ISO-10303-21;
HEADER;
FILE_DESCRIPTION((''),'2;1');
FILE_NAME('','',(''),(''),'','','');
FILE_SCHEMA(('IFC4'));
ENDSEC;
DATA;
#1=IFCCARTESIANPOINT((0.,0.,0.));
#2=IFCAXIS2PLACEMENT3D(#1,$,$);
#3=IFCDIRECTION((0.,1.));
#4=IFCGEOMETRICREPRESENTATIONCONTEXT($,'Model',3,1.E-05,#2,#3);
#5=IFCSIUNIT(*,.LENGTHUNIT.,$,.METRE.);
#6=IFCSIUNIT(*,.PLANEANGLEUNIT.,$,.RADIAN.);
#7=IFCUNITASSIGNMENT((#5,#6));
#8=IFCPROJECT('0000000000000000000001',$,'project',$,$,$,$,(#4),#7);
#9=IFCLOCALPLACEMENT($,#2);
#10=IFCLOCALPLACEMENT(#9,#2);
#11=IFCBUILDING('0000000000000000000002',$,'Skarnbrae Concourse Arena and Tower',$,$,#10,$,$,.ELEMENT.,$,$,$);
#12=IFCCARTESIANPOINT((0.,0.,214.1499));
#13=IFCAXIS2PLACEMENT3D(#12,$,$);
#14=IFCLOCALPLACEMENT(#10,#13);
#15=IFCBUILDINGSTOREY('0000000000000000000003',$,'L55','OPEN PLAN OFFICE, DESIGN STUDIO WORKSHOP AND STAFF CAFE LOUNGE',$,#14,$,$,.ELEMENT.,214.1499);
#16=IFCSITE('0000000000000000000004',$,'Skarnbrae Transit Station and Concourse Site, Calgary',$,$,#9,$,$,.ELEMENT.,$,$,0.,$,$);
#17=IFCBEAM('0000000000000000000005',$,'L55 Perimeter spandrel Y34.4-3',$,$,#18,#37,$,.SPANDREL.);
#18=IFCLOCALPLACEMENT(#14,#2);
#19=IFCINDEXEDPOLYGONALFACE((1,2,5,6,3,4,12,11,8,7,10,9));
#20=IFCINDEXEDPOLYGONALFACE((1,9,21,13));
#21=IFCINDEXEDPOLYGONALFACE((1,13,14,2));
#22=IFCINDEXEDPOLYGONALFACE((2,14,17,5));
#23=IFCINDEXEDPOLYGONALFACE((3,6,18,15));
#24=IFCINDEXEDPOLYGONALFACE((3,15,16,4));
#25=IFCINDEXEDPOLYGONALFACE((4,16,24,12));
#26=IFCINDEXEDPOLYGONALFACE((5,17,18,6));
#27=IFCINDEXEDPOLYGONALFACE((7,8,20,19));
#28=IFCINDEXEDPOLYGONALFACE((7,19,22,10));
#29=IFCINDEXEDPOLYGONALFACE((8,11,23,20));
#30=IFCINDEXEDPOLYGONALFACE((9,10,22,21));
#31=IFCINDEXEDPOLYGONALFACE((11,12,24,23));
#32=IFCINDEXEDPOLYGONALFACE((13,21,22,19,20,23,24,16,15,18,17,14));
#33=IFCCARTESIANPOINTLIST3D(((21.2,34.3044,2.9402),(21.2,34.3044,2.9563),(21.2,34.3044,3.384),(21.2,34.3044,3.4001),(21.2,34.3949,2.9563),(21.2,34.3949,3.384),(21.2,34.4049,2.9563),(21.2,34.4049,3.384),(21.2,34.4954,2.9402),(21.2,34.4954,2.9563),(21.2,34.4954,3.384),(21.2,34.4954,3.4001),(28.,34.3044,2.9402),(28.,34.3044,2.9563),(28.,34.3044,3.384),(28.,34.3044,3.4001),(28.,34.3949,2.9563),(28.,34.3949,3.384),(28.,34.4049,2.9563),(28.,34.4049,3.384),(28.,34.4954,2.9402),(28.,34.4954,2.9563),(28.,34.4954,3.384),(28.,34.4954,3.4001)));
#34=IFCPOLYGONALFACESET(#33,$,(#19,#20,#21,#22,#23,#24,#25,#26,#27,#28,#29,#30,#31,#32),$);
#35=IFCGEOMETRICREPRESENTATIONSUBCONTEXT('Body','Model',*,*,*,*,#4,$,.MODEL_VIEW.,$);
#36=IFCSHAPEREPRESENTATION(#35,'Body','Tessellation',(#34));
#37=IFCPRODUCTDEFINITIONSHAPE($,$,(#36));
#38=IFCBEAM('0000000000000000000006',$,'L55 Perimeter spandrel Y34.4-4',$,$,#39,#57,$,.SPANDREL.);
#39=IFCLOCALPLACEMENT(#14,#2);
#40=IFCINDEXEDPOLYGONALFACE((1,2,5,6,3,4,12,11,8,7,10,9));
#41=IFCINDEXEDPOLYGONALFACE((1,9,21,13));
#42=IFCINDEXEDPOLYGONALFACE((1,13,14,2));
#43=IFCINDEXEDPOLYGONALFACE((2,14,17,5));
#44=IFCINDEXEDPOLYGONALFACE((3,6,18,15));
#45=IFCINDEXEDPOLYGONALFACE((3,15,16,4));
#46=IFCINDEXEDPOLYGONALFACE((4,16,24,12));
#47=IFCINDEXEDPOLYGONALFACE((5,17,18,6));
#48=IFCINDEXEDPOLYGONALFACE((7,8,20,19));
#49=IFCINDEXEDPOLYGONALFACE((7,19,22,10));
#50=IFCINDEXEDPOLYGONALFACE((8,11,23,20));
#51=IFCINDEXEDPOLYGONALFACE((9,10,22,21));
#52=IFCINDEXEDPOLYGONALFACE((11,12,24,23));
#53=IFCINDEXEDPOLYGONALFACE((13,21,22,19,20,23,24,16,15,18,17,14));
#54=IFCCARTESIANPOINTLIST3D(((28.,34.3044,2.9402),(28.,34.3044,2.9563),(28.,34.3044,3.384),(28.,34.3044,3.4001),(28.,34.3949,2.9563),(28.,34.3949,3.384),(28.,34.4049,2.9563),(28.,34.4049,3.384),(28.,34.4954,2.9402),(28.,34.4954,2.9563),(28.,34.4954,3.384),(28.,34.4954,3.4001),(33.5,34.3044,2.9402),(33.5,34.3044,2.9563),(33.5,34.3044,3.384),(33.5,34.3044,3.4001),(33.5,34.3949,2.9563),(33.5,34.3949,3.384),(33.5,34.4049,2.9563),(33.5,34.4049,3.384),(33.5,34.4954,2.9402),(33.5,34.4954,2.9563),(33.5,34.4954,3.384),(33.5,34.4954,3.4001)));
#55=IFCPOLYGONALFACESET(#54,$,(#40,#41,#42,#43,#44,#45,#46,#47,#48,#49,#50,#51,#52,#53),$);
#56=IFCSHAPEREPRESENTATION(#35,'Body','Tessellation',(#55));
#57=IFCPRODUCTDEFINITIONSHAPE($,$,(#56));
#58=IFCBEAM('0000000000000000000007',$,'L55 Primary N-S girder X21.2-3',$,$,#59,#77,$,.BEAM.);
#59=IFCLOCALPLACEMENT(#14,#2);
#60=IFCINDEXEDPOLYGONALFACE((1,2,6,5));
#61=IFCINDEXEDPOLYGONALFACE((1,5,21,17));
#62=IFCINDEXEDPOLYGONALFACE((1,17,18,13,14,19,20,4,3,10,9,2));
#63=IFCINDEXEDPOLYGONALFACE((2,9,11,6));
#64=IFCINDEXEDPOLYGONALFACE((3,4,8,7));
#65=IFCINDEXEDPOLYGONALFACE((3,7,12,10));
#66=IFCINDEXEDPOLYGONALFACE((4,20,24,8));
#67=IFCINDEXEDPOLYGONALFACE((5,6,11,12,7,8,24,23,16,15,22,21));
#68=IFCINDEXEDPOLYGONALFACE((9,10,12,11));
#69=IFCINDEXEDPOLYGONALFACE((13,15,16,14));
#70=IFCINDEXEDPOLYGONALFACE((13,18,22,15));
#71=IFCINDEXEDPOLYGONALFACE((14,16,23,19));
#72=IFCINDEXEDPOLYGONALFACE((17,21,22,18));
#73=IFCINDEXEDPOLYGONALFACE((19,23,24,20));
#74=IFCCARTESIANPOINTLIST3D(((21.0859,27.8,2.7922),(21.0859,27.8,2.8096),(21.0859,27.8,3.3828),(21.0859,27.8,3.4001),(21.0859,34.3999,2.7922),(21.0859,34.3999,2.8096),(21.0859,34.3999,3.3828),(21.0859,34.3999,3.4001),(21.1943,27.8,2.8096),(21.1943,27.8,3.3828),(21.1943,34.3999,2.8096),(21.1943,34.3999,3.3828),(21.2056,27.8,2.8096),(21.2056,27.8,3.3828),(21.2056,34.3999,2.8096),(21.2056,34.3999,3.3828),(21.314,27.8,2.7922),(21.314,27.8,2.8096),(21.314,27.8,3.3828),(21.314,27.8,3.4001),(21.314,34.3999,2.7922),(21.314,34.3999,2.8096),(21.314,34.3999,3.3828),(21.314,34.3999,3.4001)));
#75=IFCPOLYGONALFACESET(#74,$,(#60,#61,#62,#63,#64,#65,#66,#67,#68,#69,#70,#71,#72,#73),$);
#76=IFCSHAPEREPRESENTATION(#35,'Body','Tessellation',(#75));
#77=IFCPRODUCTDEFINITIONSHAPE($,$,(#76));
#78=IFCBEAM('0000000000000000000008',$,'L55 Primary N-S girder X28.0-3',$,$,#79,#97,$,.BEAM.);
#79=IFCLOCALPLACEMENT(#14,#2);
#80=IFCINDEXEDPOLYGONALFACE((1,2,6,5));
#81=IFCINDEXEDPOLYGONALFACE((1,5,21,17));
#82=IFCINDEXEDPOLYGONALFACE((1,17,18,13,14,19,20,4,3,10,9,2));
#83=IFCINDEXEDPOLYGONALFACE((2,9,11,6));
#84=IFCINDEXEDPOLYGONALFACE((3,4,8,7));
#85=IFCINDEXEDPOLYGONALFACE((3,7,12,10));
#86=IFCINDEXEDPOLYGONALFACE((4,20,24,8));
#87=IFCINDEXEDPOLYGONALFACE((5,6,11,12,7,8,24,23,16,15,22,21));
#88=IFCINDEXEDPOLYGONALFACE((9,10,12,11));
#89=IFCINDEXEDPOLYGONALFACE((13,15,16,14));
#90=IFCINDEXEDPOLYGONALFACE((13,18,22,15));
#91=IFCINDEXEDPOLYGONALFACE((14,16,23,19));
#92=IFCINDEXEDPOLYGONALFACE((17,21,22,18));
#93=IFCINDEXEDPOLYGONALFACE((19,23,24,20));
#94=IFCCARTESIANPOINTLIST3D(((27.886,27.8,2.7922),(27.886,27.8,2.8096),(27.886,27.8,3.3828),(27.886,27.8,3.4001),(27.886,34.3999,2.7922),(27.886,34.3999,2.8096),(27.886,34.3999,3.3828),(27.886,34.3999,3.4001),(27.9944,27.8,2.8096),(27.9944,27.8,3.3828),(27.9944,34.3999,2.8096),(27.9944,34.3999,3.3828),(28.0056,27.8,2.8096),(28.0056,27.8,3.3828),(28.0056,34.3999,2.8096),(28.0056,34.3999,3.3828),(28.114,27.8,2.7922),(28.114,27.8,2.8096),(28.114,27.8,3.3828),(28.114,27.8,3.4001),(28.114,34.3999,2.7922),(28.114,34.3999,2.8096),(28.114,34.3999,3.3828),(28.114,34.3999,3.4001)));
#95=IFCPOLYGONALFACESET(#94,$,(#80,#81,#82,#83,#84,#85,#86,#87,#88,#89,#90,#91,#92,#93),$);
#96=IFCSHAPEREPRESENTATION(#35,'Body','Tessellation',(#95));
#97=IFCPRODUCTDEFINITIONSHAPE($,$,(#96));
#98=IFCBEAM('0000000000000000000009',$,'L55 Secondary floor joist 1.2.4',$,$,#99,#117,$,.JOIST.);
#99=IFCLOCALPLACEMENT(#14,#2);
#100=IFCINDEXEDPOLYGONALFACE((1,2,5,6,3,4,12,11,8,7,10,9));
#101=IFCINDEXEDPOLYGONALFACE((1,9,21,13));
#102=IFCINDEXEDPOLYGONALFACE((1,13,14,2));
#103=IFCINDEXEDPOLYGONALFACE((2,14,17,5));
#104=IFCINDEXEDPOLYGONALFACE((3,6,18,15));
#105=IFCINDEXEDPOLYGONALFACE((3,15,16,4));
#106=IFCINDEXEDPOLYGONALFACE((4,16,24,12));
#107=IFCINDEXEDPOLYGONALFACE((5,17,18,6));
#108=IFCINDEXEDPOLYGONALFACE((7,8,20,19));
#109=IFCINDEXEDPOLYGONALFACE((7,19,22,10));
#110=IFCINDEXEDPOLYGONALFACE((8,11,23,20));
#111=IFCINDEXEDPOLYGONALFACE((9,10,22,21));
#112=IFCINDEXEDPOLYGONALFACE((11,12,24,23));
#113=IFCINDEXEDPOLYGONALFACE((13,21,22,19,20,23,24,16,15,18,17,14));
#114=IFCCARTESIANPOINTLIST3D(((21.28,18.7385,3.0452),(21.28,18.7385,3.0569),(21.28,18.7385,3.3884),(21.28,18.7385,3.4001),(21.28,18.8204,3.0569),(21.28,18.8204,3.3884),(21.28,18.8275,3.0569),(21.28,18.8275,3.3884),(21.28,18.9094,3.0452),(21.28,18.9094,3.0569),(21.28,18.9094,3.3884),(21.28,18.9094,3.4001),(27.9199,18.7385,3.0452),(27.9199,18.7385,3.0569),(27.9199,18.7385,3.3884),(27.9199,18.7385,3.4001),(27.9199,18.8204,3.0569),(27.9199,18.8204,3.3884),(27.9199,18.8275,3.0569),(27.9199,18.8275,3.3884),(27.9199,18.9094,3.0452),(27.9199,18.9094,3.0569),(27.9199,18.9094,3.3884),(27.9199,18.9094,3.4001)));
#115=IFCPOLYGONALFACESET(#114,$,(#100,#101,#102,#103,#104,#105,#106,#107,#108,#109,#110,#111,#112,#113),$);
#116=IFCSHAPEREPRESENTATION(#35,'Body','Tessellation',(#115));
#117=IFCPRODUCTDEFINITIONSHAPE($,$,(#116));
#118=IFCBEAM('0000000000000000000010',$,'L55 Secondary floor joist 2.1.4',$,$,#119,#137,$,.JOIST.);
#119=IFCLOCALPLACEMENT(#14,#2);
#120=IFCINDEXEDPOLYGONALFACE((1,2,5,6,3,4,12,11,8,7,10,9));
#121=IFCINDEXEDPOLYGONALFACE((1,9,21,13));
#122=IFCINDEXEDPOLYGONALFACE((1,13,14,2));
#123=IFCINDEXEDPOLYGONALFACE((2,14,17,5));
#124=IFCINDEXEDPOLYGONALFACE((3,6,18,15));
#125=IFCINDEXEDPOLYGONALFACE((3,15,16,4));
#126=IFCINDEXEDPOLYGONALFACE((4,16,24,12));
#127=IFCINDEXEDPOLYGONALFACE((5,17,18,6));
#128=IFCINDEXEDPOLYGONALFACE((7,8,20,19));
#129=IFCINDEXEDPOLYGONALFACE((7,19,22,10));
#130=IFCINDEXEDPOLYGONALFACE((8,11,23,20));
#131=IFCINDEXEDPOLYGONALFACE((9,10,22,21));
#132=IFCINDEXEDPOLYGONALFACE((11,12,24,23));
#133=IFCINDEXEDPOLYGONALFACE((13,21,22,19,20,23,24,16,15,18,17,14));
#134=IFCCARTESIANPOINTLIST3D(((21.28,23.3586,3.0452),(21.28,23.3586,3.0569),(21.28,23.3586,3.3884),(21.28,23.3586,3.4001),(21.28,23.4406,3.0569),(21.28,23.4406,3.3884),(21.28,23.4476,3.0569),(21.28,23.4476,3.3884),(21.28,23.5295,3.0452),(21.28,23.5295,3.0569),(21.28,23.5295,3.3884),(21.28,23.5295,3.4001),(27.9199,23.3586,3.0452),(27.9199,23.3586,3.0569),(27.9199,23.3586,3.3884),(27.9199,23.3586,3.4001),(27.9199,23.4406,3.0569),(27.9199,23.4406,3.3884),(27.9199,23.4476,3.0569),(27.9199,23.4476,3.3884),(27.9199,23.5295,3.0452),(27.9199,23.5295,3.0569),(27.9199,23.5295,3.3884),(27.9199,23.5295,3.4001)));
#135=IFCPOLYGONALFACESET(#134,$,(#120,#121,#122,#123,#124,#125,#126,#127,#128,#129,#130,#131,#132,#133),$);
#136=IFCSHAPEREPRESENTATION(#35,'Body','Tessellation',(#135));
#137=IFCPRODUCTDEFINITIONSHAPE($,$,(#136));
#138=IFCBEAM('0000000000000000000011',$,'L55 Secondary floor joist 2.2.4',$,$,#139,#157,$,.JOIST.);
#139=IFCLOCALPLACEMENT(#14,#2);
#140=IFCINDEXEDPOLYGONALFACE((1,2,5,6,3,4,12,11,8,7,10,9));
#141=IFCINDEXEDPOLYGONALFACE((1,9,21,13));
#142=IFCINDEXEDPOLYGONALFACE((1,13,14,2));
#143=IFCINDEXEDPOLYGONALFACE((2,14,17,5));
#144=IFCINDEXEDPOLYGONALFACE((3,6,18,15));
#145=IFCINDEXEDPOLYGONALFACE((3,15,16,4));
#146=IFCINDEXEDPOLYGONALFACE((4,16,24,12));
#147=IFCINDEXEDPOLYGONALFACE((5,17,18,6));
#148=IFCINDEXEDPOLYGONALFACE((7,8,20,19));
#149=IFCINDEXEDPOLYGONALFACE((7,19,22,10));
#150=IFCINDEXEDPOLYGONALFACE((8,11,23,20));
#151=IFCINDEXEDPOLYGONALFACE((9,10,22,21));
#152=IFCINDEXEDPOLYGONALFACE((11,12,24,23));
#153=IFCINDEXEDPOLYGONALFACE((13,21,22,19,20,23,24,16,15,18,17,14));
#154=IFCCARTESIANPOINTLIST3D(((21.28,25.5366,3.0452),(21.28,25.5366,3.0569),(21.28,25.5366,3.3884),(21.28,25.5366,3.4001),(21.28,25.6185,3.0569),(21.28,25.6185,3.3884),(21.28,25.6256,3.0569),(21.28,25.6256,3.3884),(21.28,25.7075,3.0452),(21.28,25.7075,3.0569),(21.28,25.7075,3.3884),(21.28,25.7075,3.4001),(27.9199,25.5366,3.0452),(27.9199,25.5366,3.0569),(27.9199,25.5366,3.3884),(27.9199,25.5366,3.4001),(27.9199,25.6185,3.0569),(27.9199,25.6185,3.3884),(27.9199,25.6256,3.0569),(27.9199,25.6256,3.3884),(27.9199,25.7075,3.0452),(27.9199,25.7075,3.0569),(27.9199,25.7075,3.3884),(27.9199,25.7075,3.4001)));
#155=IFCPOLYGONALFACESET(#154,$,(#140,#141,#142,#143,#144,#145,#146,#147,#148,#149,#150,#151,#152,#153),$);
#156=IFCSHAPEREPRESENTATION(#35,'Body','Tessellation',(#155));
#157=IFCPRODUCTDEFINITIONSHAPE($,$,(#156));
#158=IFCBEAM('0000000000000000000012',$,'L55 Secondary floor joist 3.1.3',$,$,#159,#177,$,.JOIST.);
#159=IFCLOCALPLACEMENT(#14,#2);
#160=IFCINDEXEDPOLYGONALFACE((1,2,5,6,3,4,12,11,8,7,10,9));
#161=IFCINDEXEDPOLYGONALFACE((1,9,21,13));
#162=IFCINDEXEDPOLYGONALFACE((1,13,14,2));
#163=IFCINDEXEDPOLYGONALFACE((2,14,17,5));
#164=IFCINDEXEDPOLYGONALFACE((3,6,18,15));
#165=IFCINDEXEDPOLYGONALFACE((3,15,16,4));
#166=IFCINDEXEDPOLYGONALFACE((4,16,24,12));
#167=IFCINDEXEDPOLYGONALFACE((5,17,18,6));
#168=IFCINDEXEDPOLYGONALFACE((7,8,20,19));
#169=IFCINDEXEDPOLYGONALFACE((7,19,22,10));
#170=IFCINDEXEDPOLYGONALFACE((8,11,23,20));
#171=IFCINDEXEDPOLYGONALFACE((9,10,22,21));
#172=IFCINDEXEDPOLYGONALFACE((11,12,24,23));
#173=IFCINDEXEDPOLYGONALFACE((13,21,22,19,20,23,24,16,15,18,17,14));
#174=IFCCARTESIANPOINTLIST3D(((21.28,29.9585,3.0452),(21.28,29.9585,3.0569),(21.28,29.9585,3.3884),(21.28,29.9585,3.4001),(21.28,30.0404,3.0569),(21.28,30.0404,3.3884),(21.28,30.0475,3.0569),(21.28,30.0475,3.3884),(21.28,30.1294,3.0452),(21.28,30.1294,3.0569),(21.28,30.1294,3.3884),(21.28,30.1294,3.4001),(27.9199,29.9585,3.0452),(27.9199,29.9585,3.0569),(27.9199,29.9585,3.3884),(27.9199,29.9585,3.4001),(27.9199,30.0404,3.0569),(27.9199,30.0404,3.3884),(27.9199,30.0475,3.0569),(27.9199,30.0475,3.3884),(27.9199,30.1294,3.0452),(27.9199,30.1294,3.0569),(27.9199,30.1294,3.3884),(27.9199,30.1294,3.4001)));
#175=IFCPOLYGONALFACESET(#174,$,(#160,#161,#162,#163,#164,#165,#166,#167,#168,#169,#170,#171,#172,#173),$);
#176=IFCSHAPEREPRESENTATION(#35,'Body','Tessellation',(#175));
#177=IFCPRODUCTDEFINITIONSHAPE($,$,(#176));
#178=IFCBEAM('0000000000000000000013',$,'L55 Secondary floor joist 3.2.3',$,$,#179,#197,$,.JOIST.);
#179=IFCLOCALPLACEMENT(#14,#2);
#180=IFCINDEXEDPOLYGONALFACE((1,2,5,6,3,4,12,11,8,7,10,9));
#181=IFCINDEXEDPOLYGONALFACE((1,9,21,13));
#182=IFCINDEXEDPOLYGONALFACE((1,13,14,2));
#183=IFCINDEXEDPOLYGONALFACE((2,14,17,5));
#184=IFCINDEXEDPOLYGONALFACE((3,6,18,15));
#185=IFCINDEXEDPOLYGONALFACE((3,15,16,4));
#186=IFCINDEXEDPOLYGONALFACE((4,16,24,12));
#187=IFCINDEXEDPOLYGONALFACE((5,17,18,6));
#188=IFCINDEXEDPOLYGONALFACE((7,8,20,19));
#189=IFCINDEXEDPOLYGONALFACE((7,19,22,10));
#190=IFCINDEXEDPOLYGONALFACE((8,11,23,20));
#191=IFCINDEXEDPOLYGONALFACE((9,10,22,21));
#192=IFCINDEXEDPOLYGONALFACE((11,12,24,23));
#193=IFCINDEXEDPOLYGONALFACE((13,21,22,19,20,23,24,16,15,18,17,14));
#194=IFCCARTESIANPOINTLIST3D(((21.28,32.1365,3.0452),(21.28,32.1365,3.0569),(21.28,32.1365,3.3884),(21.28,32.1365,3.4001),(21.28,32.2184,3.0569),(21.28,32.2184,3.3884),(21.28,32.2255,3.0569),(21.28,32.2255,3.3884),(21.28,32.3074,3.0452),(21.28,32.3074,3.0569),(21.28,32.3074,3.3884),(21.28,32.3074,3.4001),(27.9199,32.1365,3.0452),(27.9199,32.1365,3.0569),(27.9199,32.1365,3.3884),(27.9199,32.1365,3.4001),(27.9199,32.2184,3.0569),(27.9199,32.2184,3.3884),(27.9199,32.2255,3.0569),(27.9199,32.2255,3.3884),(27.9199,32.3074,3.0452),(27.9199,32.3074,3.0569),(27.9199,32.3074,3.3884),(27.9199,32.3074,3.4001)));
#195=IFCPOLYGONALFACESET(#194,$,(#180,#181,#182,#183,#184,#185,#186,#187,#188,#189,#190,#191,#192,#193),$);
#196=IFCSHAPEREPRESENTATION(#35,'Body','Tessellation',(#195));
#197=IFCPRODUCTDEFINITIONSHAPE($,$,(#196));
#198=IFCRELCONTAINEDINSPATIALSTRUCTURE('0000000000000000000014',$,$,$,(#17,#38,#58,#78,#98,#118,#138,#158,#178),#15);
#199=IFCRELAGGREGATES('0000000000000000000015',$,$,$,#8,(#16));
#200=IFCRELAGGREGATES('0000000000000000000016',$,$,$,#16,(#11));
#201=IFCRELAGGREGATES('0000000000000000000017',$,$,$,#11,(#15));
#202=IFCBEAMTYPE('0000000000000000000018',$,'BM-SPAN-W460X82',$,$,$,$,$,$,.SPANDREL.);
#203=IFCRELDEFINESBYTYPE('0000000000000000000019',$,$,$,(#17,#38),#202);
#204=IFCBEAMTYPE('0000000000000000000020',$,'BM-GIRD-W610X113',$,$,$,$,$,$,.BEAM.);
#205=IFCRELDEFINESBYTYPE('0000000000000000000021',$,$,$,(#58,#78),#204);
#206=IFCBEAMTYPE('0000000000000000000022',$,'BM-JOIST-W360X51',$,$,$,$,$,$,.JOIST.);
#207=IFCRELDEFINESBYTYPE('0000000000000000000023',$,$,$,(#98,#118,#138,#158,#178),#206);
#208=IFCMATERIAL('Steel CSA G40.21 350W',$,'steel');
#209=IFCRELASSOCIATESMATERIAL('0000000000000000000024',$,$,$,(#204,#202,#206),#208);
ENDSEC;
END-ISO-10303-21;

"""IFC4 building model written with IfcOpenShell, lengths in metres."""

from ifc_helpers import new_model, si_unit, direction, frame, origin, origin_2d, place, context, subcontext, project, spatial, i_section, extrude, source, transform, mapped, material, material_profile, profile_set, type_object, element, save


model = new_model("IFC4")

# Units and contexts
model_context = context("Model", 3, precision=1e-05, world=origin(), true_north=direction((0.0, 1.0)))
body_context = subcontext(model_context, "Body", "Model", "MODEL_VIEW")
ifc_project = project(units=[si_unit("LENGTHUNIT", "METRE"), si_unit("PLANEANGLEUNIT", "RADIAN")], contexts=[model_context])

# Site, building, storey
site_placement = place(None, origin())
site = spatial("IfcSite", under=ifc_project, at=site_placement, Name="Skarnbrae Transit Station and Concourse Site, Calgary", CompositionType="ELEMENT", RefElevation=0.0)
building_placement = place(site_placement, origin())
building = spatial("IfcBuilding", under=site, at=building_placement, Name="Skarnbrae Concourse Arena and Tower", CompositionType="ELEMENT")
storey_placement = place(building_placement, frame((0.0, 0.0, 214.1499)))
storey = spatial("IfcBuildingStorey", under=building, at=storey_placement, Name="L55", Description="OPEN PLAN OFFICE, DESIGN STUDIO WORKSHOP AND STAFF CAFE LOUNGE", CompositionType="ELEMENT", Elevation=214.1499)

# Shared definitions
ifc_material_1 = material(Name="Steel CSA G40.21 350W", Category="steel")

# Beams
ifc_material_profile_1 = material_profile(ifc_material_1, i_section(OverallWidth=0.228, OverallDepth=0.6079, WebThickness=0.0112, FlangeThickness=0.0173, at=origin_2d()), Name="W610X113")
ifc_profile_set_1 = profile_set([ifc_material_profile_1], Name="Steel CSA G40.21 350W")
beam_type_1 = type_object("IfcBeamType", Name="BM-GIRD-W610X113", PredefinedType="BEAM", material=ifc_profile_set_1)
ifc_material_profile_2 = material_profile(ifc_material_1, i_section(OverallWidth=0.1909, OverallDepth=0.46, WebThickness=0.01, FlangeThickness=0.0161, at=origin_2d()), Name="W460X82")
ifc_profile_set_2 = profile_set([ifc_material_profile_2], Name="Steel CSA G40.21 350W")
beam_type_2 = type_object("IfcBeamType", Name="BM-SPAN-W460X82", PredefinedType="SPANDREL", material=ifc_profile_set_2)
shared_shape_1 = source(origin(), body_context, "Body", "SweptSolid", [
    extrude(i_section(OverallWidth=0.1909, OverallDepth=0.46, WebThickness=0.01, FlangeThickness=0.0161, at=origin_2d()), origin(), (0.0, 0.0, 1.0), 6.8),
])
beam_1_placement = place(storey_placement, frame((21.2, 34.3999, 3.1702), z_axis=(1.0, 0.0, 0.0), x_axis=(0.0, 1.0, 0.0)))
element("IfcBeam", 1, at=beam_1_placement, inside=storey, type_object=beam_type_2, Name="L55 Perimeter spandrel Y34.4-3", PredefinedType="SPANDREL", context=body_context, shape_type="MappedRepresentation", body=[
    mapped(shared_shape_1, transform((0.0, 0.0, 0.0))),
])
shared_shape_2 = source(origin(), body_context, "Body", "SweptSolid", [
    extrude(i_section(OverallWidth=0.1909, OverallDepth=0.46, WebThickness=0.01, FlangeThickness=0.0161, at=origin_2d()), origin(), (0.0, 0.0, 1.0), 5.5),
])
beam_2_placement = place(storey_placement, frame((28.0, 34.3999, 3.1702), z_axis=(1.0, 0.0, 0.0), x_axis=(0.0, 1.0, 0.0)))
element("IfcBeam", 2, at=beam_2_placement, inside=storey, type_object=beam_type_2, Name="L55 Perimeter spandrel Y34.4-4", PredefinedType="SPANDREL", context=body_context, shape_type="MappedRepresentation", body=[
    mapped(shared_shape_2, transform((0.0, 0.0, 0.0))),
])
shared_shape_3 = source(origin(), body_context, "Body", "SweptSolid", [
    extrude(i_section(OverallWidth=0.228, OverallDepth=0.6079, WebThickness=0.0112, FlangeThickness=0.0173, at=origin_2d()), origin(), (0.0, 0.0, 1.0), 6.5999),
])
for number, where, z_axis, x_axis, name in (
    (3, (21.2, 27.8, 3.0962), (0.0, 1.0, 0.0), (-1.0, 0.0, 0.0), "L55 Primary N-S girder X21.2-3"),
    (4, (28.0, 27.8, 3.0962), (0.0, 1.0, 0.0), (-1.0, 0.0, 0.0), "L55 Primary N-S girder X28.0-3"),
):
    element("IfcBeam", number, at=place(storey_placement, frame(where, z_axis=z_axis, x_axis=x_axis)), inside=storey, type_object=beam_type_1, Name=name, PredefinedType="BEAM", context=body_context, shape_type="MappedRepresentation", body=[
        mapped(shared_shape_3, transform((0.0, 0.0, 0.0))),
    ])
ifc_material_profile_3 = material_profile(ifc_material_1, i_section(OverallWidth=0.1709, OverallDepth=0.355, WebThickness=0.0071, FlangeThickness=0.0117, at=origin_2d()), Name="W360X51")
ifc_profile_set_3 = profile_set([ifc_material_profile_3], Name="Steel CSA G40.21 350W")
beam_type_3 = type_object("IfcBeamType", Name="BM-JOIST-W360X51", PredefinedType="JOIST", material=ifc_profile_set_3)
shared_shape_4 = source(origin(), body_context, "Body", "SweptSolid", [
    extrude(i_section(OverallWidth=0.1709, OverallDepth=0.355, WebThickness=0.0071, FlangeThickness=0.0117, at=origin_2d()), origin(), (0.0, 0.0, 1.0), 6.6399),
])
for number, where, z_axis, x_axis, name in (
    (5, (21.28, 18.824, 3.2227), (1.0, 0.0, 0.0), (0.0, 1.0, 0.0), "L55 Secondary floor joist 1.2.4"),
    (6, (21.28, 23.4441, 3.2227), (1.0, 0.0, 0.0), (0.0, 1.0, 0.0), "L55 Secondary floor joist 2.1.4"),
    (7, (21.28, 25.6221, 3.2227), (1.0, 0.0, 0.0), (0.0, 1.0, 0.0), "L55 Secondary floor joist 2.2.4"),
    (8, (21.28, 30.0439, 3.2227), (1.0, 0.0, 0.0), (0.0, 1.0, 0.0), "L55 Secondary floor joist 3.1.3"),
    (9, (21.28, 32.2219, 3.2227), (1.0, 0.0, 0.0), (0.0, 1.0, 0.0), "L55 Secondary floor joist 3.2.3"),
):
    element("IfcBeam", number, at=place(storey_placement, frame(where, z_axis=z_axis, x_axis=x_axis)), inside=storey, type_object=beam_type_3, Name=name, PredefinedType="JOIST", context=body_context, shape_type="MappedRepresentation", body=[
        mapped(shared_shape_4, transform((0.0, 0.0, 0.0))),
    ])

save(model, "model.ifc")
